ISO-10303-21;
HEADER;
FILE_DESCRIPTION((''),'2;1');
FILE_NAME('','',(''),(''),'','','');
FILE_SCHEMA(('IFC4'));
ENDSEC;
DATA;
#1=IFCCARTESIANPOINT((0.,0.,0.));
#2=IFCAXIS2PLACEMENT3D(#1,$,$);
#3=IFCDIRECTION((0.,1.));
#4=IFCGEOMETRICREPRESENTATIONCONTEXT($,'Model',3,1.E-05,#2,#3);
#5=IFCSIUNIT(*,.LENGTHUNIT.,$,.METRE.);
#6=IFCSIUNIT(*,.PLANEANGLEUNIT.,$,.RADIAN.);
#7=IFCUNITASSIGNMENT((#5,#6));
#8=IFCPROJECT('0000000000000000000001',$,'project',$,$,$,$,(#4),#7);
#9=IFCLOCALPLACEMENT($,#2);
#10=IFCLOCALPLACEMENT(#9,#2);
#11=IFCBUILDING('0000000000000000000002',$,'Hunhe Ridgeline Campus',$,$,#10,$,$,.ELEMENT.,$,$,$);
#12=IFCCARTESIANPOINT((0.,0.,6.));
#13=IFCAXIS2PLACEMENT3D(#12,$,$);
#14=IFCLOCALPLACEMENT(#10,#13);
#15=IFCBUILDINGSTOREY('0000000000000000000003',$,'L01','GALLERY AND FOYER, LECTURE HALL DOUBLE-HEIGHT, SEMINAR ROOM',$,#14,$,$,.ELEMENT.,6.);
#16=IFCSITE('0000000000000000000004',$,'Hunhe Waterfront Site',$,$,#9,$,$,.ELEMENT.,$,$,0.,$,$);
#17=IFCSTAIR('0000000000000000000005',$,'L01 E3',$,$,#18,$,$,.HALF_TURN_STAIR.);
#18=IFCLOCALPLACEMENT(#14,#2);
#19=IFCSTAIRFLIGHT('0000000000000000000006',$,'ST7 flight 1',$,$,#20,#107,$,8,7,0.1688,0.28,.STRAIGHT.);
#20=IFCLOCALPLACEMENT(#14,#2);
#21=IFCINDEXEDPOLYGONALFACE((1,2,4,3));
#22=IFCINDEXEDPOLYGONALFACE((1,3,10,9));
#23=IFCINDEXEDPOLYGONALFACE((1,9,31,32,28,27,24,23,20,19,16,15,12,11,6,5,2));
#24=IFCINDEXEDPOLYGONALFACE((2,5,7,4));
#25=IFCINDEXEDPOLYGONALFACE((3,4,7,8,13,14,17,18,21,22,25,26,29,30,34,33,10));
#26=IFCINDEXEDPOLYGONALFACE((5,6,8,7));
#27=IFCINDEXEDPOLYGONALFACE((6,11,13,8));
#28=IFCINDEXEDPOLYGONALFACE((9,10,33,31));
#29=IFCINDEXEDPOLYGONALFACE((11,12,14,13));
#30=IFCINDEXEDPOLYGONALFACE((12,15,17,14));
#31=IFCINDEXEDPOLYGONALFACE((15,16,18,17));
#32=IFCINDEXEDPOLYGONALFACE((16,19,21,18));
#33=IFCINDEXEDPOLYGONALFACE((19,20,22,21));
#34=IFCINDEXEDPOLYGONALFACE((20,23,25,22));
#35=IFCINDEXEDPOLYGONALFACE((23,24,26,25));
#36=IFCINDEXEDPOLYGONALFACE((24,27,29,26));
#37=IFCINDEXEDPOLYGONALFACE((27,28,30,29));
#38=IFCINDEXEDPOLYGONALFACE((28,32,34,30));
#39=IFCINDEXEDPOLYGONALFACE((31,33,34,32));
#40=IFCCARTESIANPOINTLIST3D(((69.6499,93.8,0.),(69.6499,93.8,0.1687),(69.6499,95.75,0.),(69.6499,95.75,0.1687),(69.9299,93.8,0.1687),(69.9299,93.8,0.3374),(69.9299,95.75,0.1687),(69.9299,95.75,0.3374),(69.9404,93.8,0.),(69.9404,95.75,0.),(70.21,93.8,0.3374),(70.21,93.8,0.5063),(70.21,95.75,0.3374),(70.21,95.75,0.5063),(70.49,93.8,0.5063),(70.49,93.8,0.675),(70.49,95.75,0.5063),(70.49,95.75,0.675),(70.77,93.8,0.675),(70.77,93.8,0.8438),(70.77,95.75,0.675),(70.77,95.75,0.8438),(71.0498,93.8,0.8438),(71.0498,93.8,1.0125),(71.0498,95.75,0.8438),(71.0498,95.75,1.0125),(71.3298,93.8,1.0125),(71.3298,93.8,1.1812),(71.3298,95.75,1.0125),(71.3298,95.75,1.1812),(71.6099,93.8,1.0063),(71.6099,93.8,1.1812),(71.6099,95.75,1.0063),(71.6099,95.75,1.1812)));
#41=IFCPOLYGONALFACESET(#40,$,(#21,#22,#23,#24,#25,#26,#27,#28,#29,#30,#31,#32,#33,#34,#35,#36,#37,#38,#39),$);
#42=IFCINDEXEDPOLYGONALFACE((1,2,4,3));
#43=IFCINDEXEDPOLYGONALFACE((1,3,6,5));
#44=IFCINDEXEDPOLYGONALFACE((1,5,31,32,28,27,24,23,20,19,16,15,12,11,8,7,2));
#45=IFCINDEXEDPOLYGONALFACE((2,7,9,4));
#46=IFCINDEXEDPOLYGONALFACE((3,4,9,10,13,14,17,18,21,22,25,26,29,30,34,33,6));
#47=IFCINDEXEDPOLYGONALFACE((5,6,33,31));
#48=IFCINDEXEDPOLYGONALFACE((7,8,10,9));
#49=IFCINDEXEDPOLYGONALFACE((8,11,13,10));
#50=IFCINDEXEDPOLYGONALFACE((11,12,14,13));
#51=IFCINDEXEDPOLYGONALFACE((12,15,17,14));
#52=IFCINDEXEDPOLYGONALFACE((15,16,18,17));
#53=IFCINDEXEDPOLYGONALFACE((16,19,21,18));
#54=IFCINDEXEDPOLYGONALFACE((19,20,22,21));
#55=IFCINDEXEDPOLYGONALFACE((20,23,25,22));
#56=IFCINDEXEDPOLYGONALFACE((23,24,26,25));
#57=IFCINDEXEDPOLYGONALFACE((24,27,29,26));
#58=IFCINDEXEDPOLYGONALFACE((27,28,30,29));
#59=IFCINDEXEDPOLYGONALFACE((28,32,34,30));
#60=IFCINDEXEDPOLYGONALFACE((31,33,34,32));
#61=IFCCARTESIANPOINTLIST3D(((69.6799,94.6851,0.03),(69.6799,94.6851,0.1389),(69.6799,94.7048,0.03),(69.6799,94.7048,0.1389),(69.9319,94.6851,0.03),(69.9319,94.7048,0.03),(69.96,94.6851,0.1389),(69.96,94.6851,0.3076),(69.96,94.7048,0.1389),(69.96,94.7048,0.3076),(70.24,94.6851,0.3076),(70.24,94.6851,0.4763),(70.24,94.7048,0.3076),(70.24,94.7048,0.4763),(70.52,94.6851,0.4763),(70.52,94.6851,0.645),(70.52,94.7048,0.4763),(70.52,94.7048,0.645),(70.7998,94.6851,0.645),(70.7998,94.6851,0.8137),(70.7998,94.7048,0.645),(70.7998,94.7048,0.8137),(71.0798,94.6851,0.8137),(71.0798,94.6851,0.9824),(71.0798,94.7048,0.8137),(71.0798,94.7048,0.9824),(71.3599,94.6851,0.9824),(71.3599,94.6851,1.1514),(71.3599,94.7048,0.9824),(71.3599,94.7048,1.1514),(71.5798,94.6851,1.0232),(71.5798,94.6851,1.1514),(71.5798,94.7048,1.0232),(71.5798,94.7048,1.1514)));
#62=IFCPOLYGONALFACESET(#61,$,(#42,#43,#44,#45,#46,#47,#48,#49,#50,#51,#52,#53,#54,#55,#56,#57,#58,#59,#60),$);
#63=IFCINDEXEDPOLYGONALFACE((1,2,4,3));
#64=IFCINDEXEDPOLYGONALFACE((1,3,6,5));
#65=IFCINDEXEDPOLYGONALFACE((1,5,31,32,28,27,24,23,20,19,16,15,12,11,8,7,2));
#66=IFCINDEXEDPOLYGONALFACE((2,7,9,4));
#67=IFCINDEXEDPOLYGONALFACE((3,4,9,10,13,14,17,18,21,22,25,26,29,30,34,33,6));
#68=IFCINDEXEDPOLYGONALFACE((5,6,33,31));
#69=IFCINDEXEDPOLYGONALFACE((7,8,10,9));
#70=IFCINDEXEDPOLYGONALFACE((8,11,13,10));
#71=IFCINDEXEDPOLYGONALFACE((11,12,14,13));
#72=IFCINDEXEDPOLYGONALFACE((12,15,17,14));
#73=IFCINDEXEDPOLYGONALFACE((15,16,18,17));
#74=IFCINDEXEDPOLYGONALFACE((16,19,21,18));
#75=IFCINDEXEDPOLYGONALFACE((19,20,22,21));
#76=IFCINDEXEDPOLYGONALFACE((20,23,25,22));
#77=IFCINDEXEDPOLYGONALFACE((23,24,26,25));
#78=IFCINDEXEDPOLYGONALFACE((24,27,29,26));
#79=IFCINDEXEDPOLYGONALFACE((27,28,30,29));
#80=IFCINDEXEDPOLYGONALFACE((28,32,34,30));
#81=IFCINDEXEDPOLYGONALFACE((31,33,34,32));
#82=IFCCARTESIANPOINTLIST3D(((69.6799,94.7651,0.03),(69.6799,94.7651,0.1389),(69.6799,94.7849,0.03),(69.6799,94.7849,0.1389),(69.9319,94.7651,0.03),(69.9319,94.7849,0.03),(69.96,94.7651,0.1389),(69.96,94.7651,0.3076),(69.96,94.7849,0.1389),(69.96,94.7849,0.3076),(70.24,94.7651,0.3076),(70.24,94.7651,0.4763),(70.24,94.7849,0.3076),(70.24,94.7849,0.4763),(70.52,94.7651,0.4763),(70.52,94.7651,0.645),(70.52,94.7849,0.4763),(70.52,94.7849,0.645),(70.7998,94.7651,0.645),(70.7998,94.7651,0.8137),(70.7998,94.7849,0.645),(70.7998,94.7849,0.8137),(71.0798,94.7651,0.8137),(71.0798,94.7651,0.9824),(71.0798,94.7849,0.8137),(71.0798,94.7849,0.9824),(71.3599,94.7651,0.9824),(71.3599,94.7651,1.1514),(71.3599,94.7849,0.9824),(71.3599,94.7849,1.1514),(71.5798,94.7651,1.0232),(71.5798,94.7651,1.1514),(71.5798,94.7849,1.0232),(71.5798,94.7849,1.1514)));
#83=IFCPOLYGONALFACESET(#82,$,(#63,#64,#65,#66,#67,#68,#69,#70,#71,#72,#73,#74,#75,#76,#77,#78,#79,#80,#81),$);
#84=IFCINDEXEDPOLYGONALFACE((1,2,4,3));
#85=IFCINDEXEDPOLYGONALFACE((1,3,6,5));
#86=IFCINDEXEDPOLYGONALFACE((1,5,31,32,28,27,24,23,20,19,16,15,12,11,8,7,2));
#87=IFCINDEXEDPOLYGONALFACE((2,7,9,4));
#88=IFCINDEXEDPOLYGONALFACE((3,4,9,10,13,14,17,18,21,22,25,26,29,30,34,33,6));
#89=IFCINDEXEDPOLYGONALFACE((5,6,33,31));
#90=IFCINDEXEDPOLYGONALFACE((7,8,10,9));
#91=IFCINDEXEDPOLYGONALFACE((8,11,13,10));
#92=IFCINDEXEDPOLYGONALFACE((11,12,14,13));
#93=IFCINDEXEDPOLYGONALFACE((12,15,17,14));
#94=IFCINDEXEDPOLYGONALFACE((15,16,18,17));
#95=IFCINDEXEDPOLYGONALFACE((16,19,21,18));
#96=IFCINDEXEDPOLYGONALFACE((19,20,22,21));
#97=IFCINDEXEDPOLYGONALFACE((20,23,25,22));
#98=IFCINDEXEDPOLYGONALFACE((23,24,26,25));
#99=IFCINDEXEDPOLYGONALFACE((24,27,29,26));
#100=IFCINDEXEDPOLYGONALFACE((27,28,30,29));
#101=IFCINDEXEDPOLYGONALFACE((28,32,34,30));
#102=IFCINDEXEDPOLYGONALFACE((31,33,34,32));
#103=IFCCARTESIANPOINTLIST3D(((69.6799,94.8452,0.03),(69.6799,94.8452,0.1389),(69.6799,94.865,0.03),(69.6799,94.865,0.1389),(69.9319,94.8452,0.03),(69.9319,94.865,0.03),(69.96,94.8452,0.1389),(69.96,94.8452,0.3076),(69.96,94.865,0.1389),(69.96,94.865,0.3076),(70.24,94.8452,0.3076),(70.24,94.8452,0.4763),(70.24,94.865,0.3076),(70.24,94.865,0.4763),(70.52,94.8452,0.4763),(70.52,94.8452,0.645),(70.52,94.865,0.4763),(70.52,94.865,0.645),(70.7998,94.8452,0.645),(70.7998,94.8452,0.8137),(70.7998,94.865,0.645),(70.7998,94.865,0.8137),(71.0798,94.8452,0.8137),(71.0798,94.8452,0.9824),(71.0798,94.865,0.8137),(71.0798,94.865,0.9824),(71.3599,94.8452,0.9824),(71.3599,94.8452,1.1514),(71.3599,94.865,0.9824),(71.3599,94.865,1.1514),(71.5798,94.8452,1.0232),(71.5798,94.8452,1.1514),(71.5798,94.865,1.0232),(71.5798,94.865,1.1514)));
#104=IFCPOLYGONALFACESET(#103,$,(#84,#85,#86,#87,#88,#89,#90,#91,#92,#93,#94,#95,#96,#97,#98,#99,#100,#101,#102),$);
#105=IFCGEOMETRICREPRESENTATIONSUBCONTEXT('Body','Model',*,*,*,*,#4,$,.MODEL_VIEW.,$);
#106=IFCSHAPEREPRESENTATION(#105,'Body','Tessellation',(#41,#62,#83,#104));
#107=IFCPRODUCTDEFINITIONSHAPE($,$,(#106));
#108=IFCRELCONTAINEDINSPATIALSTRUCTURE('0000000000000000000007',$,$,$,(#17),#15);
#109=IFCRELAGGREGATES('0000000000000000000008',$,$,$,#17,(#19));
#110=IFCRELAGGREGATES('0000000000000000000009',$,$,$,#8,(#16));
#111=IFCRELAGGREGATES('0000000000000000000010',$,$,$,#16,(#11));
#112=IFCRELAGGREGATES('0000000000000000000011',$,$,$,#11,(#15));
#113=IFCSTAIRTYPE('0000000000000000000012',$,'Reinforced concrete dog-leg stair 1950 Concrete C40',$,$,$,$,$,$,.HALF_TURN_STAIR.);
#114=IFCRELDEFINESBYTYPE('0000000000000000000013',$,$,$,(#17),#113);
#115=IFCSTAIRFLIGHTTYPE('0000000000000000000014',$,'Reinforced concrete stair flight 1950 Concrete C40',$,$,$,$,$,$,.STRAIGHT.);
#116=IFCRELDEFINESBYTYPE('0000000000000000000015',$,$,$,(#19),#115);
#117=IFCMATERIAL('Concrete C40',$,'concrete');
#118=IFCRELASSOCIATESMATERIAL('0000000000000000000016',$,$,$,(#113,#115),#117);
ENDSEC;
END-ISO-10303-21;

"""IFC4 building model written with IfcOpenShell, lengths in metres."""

from ifc_helpers import new_model, si_unit, direction, frame, origin, place, context, subcontext, project, spatial, polyline, outline, extrude, material, type_object, element, aggregate, save


model = new_model("IFC4")

# Units and contexts
model_context = context("Model", 3, precision=1e-05, world=origin(), true_north=direction((0.0, 1.0)))
body_context = subcontext(model_context, "Body", "Model", "MODEL_VIEW")
ifc_project = project(units=[si_unit("LENGTHUNIT", "METRE"), si_unit("PLANEANGLEUNIT", "RADIAN")], contexts=[model_context])

# Site, building, storey
site_placement = place(None, origin())
site = spatial("IfcSite", under=ifc_project, at=site_placement, Name="Hunhe Waterfront Site", CompositionType="ELEMENT", RefElevation=0.0)
building_placement = place(site_placement, origin())
building = spatial("IfcBuilding", under=site, at=building_placement, Name="Hunhe Ridgeline Campus", CompositionType="ELEMENT")
storey_placement = place(building_placement, frame((0.0, 0.0, 6.0)))
storey = spatial("IfcBuildingStorey", under=building, at=storey_placement, Name="L01", Description="GALLERY AND FOYER, LECTURE HALL DOUBLE-HEIGHT, SEMINAR ROOM", CompositionType="ELEMENT", Elevation=6.0)

# Stair, stair flight
ifc_material_1 = material(Name="Concrete C40", Category="concrete")
stair_type = type_object("IfcStairType", Name="Reinforced concrete dog-leg stair 1950 Concrete C40", PredefinedType="HALF_TURN_STAIR", material=ifc_material_1)
stair_1_placement = place(storey_placement, origin())
stair_1 = element("IfcStair", 1, at=stair_1_placement, inside=storey, type_object=stair_type, Name="L01 E3", PredefinedType="HALF_TURN_STAIR")
stair_flight_type = type_object("IfcStairFlightType", Name="Reinforced concrete stair flight 1950 Concrete C40", PredefinedType="STRAIGHT", material=ifc_material_1)
stair_flight_1_placement = place(storey_placement, frame((69.6499, 94.7749, 0.0), z_axis=(0.0, 0.0, 1.0), x_axis=(1.0, 0.0, 0.0)))
stair_flight_1 = element("IfcStairFlight", 2, at=stair_flight_1_placement, type_object=stair_flight_type, Name="ST7 flight 1", NumberOfRisers=8, NumberOfTreads=7, PredefinedType="STRAIGHT", RiserHeight=0.1688, TreadLength=0.28, context=body_context, shape_type="SweptSolid", body=[
    extrude(outline(polyline([(0.0, 0.0), (0.0, 0.1687), (0.28, 0.1687), (0.28, 0.3374), (0.5601, 0.3374), (0.5601, 0.5063), (0.8401, 0.5063), (0.8401, 0.675), (1.1201, 0.675), (1.1201, 0.8438), (1.3999, 0.8438), (1.3999, 1.0125), (1.6799, 1.0125), (1.6799, 1.1812), (1.96, 1.1812), (1.96, 1.3501), (1.96, 1.0063), (0.2905, 0.0), (0.0, 0.0)])), frame((0.0, 0.9751, 0.0), z_axis=(0.0, -1.0, 0.0), x_axis=(1.0, 0.0, 0.0)), (0.0, 0.0, 1.0), 1.95),
    extrude(outline(polyline([(0.03, 0.03), (0.03, 0.1389), (0.3101, 0.1389), (0.3101, 0.3076), (0.5901, 0.3076), (0.5901, 0.4763), (0.8701, 0.4763), (0.8701, 0.645), (1.1499, 0.645), (1.1499, 0.8137), (1.4299, 0.8137), (1.4299, 0.9824), (1.71, 0.9824), (1.71, 1.1514), (1.9299, 1.1514), (1.9299, 1.0232), (0.282, 0.03), (0.03, 0.03)])), frame((0.0, -0.0701, 0.0), z_axis=(0.0, -1.0, 0.0), x_axis=(1.0, 0.0, 0.0)), (0.0, 0.0, 1.0), 0.0198),
    extrude(outline(polyline([(0.03, 0.03), (0.03, 0.1389), (0.3101, 0.1389), (0.3101, 0.3076), (0.5901, 0.3076), (0.5901, 0.4763), (0.8701, 0.4763), (0.8701, 0.645), (1.1499, 0.645), (1.1499, 0.8137), (1.4299, 0.8137), (1.4299, 0.9824), (1.71, 0.9824), (1.71, 1.1514), (1.9299, 1.1514), (1.9299, 1.0232), (0.282, 0.03), (0.03, 0.03)])), frame((0.0, 0.01, 0.0), z_axis=(0.0, -1.0, 0.0), x_axis=(1.0, 0.0, 0.0)), (0.0, 0.0, 1.0), 0.0198),
    extrude(outline(polyline([(0.03, 0.03), (0.03, 0.1389), (0.3101, 0.1389), (0.3101, 0.3076), (0.5901, 0.3076), (0.5901, 0.4763), (0.8701, 0.4763), (0.8701, 0.645), (1.1499, 0.645), (1.1499, 0.8137), (1.4299, 0.8137), (1.4299, 0.9824), (1.71, 0.9824), (1.71, 1.1514), (1.9299, 1.1514), (1.9299, 1.0232), (0.282, 0.03), (0.03, 0.03)])), frame((0.0, 0.0901, 0.0), z_axis=(0.0, -1.0, 0.0), x_axis=(1.0, 0.0, 0.0)), (0.0, 0.0, 1.0), 0.0198),
])
aggregate(stair_1, [stair_flight_1])

save(model, "model.ifc")
